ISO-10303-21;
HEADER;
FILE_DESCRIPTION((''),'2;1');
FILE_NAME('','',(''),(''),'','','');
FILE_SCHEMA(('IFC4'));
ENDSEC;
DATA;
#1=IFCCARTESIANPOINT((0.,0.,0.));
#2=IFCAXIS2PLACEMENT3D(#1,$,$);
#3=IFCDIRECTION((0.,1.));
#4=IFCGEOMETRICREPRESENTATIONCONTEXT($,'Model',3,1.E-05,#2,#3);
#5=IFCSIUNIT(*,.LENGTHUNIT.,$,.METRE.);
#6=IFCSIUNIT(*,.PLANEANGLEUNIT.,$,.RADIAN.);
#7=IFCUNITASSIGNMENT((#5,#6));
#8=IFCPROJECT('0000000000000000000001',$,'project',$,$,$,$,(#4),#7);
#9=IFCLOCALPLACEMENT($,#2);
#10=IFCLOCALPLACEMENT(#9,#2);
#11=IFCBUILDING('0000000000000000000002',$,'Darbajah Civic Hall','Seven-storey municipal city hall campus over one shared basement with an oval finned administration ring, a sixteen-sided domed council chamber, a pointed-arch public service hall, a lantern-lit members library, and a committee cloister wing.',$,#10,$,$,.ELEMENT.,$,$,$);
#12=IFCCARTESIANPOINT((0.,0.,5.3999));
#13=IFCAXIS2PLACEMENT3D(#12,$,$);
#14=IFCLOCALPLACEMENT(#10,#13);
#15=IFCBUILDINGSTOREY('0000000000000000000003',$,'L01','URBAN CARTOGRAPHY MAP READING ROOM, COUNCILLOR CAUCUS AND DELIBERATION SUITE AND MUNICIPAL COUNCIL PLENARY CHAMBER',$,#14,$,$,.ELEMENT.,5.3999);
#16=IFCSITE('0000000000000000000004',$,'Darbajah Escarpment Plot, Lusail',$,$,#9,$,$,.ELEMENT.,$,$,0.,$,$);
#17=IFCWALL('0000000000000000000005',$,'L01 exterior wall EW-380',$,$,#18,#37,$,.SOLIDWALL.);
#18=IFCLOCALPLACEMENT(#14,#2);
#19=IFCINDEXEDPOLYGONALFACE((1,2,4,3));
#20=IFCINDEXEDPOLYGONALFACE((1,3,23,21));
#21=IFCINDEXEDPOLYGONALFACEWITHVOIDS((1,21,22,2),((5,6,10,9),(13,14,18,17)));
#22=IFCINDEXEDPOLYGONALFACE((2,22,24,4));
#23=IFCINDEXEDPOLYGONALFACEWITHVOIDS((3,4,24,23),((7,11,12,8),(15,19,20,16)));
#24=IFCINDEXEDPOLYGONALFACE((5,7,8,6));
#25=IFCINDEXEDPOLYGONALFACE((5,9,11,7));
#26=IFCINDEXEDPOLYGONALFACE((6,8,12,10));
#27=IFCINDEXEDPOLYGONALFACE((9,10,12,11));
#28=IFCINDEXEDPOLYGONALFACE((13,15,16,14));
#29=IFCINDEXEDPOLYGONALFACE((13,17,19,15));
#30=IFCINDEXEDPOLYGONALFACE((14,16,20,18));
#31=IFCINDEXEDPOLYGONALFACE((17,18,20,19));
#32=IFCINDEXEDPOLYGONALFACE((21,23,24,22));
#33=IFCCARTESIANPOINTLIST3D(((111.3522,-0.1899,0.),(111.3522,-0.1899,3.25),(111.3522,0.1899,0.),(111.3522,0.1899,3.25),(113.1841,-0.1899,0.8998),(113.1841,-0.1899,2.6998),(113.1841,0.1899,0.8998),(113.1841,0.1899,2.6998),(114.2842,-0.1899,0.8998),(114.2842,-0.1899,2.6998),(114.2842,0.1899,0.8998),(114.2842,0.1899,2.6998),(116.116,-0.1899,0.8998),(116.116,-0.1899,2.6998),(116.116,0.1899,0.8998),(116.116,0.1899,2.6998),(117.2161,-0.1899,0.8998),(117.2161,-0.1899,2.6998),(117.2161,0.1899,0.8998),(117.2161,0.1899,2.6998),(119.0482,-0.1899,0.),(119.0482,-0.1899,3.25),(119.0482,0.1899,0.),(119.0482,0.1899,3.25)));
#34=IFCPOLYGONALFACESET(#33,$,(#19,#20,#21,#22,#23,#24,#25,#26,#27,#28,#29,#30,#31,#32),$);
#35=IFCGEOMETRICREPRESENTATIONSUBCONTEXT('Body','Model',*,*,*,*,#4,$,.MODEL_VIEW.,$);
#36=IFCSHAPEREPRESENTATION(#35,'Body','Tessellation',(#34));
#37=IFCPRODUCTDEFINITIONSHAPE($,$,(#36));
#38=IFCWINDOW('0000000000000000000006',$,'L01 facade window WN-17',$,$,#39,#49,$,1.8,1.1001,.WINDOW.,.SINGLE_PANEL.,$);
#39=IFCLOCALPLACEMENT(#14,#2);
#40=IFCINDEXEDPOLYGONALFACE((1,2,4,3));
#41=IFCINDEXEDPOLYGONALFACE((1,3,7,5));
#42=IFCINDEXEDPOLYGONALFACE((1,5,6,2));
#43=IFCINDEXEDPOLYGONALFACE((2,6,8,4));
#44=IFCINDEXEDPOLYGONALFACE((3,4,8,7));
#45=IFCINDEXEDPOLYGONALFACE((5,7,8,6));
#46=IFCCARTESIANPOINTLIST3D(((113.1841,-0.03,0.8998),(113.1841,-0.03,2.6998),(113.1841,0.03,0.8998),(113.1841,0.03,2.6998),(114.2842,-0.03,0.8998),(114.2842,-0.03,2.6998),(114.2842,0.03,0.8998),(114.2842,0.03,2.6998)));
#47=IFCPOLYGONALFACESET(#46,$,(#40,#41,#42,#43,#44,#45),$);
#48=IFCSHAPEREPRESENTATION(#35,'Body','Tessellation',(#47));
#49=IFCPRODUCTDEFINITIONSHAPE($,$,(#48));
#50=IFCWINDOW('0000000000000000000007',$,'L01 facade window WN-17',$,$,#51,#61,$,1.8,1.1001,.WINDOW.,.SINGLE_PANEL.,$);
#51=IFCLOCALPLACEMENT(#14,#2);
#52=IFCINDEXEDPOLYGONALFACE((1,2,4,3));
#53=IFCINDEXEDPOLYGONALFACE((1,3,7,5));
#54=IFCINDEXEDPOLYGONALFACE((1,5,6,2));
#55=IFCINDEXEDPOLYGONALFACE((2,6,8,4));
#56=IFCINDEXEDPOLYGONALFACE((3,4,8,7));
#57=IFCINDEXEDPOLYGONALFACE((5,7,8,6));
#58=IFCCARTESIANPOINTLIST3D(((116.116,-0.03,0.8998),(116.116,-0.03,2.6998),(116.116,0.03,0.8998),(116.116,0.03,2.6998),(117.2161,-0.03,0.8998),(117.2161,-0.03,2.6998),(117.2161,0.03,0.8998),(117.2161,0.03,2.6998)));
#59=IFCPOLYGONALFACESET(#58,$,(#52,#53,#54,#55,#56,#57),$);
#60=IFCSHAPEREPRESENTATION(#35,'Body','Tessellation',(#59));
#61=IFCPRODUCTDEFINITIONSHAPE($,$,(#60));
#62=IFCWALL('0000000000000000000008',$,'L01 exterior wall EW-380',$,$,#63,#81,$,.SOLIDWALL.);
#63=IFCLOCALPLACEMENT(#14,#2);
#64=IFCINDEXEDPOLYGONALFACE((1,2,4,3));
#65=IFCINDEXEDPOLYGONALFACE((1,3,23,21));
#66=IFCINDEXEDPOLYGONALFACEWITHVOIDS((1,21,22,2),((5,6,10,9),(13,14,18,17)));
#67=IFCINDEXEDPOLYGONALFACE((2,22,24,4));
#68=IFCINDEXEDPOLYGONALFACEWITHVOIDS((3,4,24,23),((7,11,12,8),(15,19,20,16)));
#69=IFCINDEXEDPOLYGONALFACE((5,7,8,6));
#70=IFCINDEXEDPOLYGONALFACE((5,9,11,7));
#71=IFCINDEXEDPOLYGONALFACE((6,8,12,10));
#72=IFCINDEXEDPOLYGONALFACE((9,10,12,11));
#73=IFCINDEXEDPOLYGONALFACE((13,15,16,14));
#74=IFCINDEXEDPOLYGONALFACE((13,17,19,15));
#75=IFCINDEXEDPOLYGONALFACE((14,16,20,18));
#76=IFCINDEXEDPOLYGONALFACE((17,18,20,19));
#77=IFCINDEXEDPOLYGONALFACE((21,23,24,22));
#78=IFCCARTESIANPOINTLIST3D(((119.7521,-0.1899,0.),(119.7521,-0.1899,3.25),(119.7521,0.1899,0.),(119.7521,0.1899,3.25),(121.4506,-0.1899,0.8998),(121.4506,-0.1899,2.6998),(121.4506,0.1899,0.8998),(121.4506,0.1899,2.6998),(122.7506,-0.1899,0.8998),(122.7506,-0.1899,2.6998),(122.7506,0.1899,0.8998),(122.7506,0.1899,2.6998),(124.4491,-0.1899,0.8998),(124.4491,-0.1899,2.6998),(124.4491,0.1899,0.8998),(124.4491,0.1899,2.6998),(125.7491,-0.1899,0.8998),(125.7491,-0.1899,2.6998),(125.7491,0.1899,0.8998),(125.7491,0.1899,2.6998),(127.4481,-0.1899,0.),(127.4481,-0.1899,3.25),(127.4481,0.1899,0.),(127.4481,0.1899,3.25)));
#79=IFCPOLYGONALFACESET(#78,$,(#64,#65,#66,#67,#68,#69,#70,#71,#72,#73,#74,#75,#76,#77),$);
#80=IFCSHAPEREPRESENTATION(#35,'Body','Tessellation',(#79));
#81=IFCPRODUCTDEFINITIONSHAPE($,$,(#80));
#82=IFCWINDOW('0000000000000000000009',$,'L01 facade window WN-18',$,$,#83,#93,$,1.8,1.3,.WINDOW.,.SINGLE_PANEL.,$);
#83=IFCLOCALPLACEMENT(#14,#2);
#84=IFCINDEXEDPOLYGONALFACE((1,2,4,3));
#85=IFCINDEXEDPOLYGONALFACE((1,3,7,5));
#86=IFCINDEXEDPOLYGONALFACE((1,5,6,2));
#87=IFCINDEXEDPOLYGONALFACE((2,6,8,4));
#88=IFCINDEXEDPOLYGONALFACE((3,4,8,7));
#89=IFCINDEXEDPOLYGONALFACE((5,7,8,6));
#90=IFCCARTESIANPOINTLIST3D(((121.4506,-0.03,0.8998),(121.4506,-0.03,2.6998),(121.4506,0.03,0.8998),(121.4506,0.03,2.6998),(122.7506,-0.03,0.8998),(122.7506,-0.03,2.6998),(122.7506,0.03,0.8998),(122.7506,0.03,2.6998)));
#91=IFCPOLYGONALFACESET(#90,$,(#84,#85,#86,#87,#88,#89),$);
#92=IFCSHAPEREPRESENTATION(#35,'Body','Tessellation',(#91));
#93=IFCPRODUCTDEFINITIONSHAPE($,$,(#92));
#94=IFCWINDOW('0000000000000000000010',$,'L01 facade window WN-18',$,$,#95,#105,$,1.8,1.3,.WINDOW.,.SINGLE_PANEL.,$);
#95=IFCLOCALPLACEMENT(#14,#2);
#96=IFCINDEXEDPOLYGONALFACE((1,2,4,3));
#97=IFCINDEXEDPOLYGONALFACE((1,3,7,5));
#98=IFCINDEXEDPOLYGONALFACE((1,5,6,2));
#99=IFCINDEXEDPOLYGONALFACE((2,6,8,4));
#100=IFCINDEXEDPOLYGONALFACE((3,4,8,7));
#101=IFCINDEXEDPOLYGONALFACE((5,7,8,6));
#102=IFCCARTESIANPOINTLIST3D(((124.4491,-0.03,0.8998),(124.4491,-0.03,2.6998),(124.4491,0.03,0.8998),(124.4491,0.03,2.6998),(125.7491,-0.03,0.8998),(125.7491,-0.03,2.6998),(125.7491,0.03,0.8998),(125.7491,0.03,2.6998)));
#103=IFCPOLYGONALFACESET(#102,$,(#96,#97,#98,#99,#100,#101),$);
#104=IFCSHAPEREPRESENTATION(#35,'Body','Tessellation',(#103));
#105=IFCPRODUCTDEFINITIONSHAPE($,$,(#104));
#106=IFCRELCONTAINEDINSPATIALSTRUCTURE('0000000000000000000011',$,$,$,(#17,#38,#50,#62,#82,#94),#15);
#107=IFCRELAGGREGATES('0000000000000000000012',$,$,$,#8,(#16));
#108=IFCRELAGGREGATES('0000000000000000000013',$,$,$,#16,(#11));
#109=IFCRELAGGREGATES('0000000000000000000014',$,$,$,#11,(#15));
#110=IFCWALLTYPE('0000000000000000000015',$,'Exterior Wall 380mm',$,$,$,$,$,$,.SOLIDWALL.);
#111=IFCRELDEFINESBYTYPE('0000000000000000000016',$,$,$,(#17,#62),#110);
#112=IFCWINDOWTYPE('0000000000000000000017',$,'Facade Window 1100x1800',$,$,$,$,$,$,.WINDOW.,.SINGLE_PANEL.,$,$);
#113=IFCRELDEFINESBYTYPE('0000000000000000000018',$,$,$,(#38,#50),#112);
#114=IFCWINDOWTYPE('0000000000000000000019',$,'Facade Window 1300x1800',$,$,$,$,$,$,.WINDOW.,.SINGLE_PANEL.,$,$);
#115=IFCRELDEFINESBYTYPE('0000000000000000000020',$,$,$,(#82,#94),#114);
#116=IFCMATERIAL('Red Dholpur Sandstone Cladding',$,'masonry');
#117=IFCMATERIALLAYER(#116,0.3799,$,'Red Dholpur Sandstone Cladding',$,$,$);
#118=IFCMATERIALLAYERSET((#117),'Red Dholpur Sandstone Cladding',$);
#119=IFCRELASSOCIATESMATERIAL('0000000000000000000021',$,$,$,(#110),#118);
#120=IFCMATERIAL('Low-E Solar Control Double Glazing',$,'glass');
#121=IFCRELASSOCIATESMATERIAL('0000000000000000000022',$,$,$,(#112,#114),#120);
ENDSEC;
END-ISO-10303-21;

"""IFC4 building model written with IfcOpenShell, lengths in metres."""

from ifc_helpers import new_model, si_unit, direction, frame, frame_2d, origin, place, context, subcontext, project, spatial, rectangle, extrude, material, layer, layer_set, type_object, element, fill, save


model = new_model("IFC4")

# Units and contexts
model_context = context("Model", 3, precision=1e-05, world=origin(), true_north=direction((0.0, 1.0)))
body_context = subcontext(model_context, "Body", "Model", "MODEL_VIEW")
ifc_project = project(units=[si_unit("LENGTHUNIT", "METRE"), si_unit("PLANEANGLEUNIT", "RADIAN")], contexts=[model_context])

# Site, building, storey
site_placement = place(None, origin())
site = spatial("IfcSite", under=ifc_project, at=site_placement, Name="Darbajah Escarpment Plot, Lusail", CompositionType="ELEMENT", RefElevation=0.0)
building_placement = place(site_placement, origin())
building = spatial("IfcBuilding", under=site, at=building_placement, Name="Darbajah Civic Hall", Description="Seven-storey municipal city hall campus over one shared basement with an oval finned administration ring, a sixteen-sided domed council chamber, a pointed-arch public service hall, a lantern-lit members library, and a committee cloister wing.", CompositionType="ELEMENT")
storey_placement = place(building_placement, frame((0.0, 0.0, 5.3999)))
storey = spatial("IfcBuildingStorey", under=building, at=storey_placement, Name="L01", Description="URBAN CARTOGRAPHY MAP READING ROOM, COUNCILLOR CAUCUS AND DELIBERATION SUITE AND MUNICIPAL COUNCIL PLENARY CHAMBER", CompositionType="ELEMENT", Elevation=5.3999)

# Walls, openings, windows
ifc_material_1 = material(Name="Red Dholpur Sandstone Cladding", Category="masonry")
ifc_layer = layer(ifc_material_1, 0.3799, Name="Red Dholpur Sandstone Cladding")
ifc_layer_set = layer_set([ifc_layer], Name="Red Dholpur Sandstone Cladding")
wall_type = type_object("IfcWallType", Name="Exterior Wall 380mm", PredefinedType="SOLIDWALL", material=ifc_layer_set)
wall_1_placement = place(storey_placement, frame((111.3521, 0.0, 0.0), z_axis=(0.0, 0.0, 1.0), x_axis=(1.0, 0.0, 0.0)))
wall_1 = element("IfcWall", 1, at=wall_1_placement, inside=storey, type_object=wall_type, Name="L01 exterior wall EW-380", PredefinedType="SOLIDWALL", context=body_context, shape_type="SweptSolid", body=[
    extrude(rectangle(XDim=7.696, YDim=0.3799, at=frame_2d((3.8481, 0.0))), origin(), (0.0, 0.0, 1.0), 3.25),
])
opening_1_placement = place(wall_1_placement, frame((1.832, 0.0, 0.8999)))
opening_1 = element("IfcOpeningElement", 2, at=opening_1_placement, cuts=wall_1, PredefinedType="OPENING", context=body_context, shape_type="SweptSolid", body=[
    extrude(rectangle(XDim=1.1001, YDim=1.8, at=frame_2d((0.55, 0.8999))), frame((0.0, 0.2, 0.0), z_axis=(0.0, -1.0, 0.0), x_axis=(1.0, 0.0, 0.0)), (0.0, 0.0, 1.0), 0.3999),
])
opening_2_placement = place(wall_1_placement, frame((4.7639, 0.0, 0.8999)))
opening_2 = element("IfcOpeningElement", 3, at=opening_2_placement, cuts=wall_1, PredefinedType="OPENING", context=body_context, shape_type="SweptSolid", body=[
    extrude(rectangle(XDim=1.1001, YDim=1.8, at=frame_2d((0.55, 0.8999))), frame((0.0, 0.2, 0.0), z_axis=(0.0, -1.0, 0.0), x_axis=(1.0, 0.0, 0.0)), (0.0, 0.0, 1.0), 0.3999),
])
ifc_material_2 = material(Name="Low-E Solar Control Double Glazing", Category="glass")
window_type_1 = type_object("IfcWindowType", Name="Facade Window 1100x1800", PartitioningType="SINGLE_PANEL", PredefinedType="WINDOW", material=ifc_material_2)
window_1_placement = place(opening_1_placement, origin())
window_1 = element("IfcWindow", 4, at=window_1_placement, inside=storey, type_object=window_type_1, Name="L01 facade window WN-17", OverallHeight=1.8, OverallWidth=1.1001, PartitioningType="SINGLE_PANEL", PredefinedType="WINDOW", context=body_context, shape_type="SweptSolid", body=[
    extrude(rectangle(XDim=1.1001, YDim=1.8, at=frame_2d((0.55, 0.8999))), frame((0.0, 0.03, 0.0), z_axis=(0.0, -1.0, 0.0), x_axis=(1.0, 0.0, 0.0)), (0.0, 0.0, 1.0), 0.0601),
])
fill(opening_1, window_1)
window_2_placement = place(opening_2_placement, origin())
window_2 = element("IfcWindow", 5, at=window_2_placement, inside=storey, type_object=window_type_1, Name="L01 facade window WN-17", OverallHeight=1.8, OverallWidth=1.1001, PartitioningType="SINGLE_PANEL", PredefinedType="WINDOW", context=body_context, shape_type="SweptSolid", body=[
    extrude(rectangle(XDim=1.1001, YDim=1.8, at=frame_2d((0.55, 0.8999))), frame((0.0, 0.03, 0.0), z_axis=(0.0, -1.0, 0.0), x_axis=(1.0, 0.0, 0.0)), (0.0, 0.0, 1.0), 0.0601),
])
fill(opening_2, window_2)
wall_2_placement = place(storey_placement, frame((119.752, 0.0, 0.0), z_axis=(0.0, 0.0, 1.0), x_axis=(1.0, 0.0, 0.0)))
wall_2 = element("IfcWall", 6, at=wall_2_placement, inside=storey, type_object=wall_type, Name="L01 exterior wall EW-380", PredefinedType="SOLIDWALL", context=body_context, shape_type="SweptSolid", body=[
    extrude(rectangle(XDim=7.696, YDim=0.3799, at=frame_2d((3.8481, 0.0))), origin(), (0.0, 0.0, 1.0), 3.25),
])
opening_3_placement = place(wall_2_placement, frame((1.6987, 0.0, 0.8999)))
opening_3 = element("IfcOpeningElement", 7, at=opening_3_placement, cuts=wall_2, PredefinedType="OPENING", context=body_context, shape_type="SweptSolid", body=[
    extrude(rectangle(XDim=1.3, YDim=1.8, at=frame_2d((0.6499, 0.8999))), frame((0.0, 0.2, 0.0), z_axis=(0.0, -1.0, 0.0), x_axis=(1.0, 0.0, 0.0)), (0.0, 0.0, 1.0), 0.3999),
])
opening_4_placement = place(wall_2_placement, frame((4.6973, 0.0, 0.8999)))
opening_4 = element("IfcOpeningElement", 8, at=opening_4_placement, cuts=wall_2, PredefinedType="OPENING", context=body_context, shape_type="SweptSolid", body=[
    extrude(rectangle(XDim=1.3, YDim=1.8, at=frame_2d((0.6499, 0.8999))), frame((0.0, 0.2, 0.0), z_axis=(0.0, -1.0, 0.0), x_axis=(1.0, 0.0, 0.0)), (0.0, 0.0, 1.0), 0.3999),
])
window_type_2 = type_object("IfcWindowType", Name="Facade Window 1300x1800", PartitioningType="SINGLE_PANEL", PredefinedType="WINDOW", material=ifc_material_2)
window_3_placement = place(opening_3_placement, origin())
window_3 = element("IfcWindow", 9, at=window_3_placement, inside=storey, type_object=window_type_2, Name="L01 facade window WN-18", OverallHeight=1.8, OverallWidth=1.3, PartitioningType="SINGLE_PANEL", PredefinedType="WINDOW", context=body_context, shape_type="SweptSolid", body=[
    extrude(rectangle(XDim=1.3, YDim=1.8, at=frame_2d((0.6499, 0.8999))), frame((0.0, 0.03, 0.0), z_axis=(0.0, -1.0, 0.0), x_axis=(1.0, 0.0, 0.0)), (0.0, 0.0, 1.0), 0.0601),
])
fill(opening_3, window_3)
window_4_placement = place(opening_4_placement, origin())
window_4 = element("IfcWindow", 10, at=window_4_placement, inside=storey, type_object=window_type_2, Name="L01 facade window WN-18", OverallHeight=1.8, OverallWidth=1.3, PartitioningType="SINGLE_PANEL", PredefinedType="WINDOW", context=body_context, shape_type="SweptSolid", body=[
    extrude(rectangle(XDim=1.3, YDim=1.8, at=frame_2d((0.6499, 0.8999))), frame((0.0, 0.03, 0.0), z_axis=(0.0, -1.0, 0.0), x_axis=(1.0, 0.0, 0.0)), (0.0, 0.0, 1.0), 0.0601),
])
fill(opening_4, window_4)

save(model, "model.ifc")
